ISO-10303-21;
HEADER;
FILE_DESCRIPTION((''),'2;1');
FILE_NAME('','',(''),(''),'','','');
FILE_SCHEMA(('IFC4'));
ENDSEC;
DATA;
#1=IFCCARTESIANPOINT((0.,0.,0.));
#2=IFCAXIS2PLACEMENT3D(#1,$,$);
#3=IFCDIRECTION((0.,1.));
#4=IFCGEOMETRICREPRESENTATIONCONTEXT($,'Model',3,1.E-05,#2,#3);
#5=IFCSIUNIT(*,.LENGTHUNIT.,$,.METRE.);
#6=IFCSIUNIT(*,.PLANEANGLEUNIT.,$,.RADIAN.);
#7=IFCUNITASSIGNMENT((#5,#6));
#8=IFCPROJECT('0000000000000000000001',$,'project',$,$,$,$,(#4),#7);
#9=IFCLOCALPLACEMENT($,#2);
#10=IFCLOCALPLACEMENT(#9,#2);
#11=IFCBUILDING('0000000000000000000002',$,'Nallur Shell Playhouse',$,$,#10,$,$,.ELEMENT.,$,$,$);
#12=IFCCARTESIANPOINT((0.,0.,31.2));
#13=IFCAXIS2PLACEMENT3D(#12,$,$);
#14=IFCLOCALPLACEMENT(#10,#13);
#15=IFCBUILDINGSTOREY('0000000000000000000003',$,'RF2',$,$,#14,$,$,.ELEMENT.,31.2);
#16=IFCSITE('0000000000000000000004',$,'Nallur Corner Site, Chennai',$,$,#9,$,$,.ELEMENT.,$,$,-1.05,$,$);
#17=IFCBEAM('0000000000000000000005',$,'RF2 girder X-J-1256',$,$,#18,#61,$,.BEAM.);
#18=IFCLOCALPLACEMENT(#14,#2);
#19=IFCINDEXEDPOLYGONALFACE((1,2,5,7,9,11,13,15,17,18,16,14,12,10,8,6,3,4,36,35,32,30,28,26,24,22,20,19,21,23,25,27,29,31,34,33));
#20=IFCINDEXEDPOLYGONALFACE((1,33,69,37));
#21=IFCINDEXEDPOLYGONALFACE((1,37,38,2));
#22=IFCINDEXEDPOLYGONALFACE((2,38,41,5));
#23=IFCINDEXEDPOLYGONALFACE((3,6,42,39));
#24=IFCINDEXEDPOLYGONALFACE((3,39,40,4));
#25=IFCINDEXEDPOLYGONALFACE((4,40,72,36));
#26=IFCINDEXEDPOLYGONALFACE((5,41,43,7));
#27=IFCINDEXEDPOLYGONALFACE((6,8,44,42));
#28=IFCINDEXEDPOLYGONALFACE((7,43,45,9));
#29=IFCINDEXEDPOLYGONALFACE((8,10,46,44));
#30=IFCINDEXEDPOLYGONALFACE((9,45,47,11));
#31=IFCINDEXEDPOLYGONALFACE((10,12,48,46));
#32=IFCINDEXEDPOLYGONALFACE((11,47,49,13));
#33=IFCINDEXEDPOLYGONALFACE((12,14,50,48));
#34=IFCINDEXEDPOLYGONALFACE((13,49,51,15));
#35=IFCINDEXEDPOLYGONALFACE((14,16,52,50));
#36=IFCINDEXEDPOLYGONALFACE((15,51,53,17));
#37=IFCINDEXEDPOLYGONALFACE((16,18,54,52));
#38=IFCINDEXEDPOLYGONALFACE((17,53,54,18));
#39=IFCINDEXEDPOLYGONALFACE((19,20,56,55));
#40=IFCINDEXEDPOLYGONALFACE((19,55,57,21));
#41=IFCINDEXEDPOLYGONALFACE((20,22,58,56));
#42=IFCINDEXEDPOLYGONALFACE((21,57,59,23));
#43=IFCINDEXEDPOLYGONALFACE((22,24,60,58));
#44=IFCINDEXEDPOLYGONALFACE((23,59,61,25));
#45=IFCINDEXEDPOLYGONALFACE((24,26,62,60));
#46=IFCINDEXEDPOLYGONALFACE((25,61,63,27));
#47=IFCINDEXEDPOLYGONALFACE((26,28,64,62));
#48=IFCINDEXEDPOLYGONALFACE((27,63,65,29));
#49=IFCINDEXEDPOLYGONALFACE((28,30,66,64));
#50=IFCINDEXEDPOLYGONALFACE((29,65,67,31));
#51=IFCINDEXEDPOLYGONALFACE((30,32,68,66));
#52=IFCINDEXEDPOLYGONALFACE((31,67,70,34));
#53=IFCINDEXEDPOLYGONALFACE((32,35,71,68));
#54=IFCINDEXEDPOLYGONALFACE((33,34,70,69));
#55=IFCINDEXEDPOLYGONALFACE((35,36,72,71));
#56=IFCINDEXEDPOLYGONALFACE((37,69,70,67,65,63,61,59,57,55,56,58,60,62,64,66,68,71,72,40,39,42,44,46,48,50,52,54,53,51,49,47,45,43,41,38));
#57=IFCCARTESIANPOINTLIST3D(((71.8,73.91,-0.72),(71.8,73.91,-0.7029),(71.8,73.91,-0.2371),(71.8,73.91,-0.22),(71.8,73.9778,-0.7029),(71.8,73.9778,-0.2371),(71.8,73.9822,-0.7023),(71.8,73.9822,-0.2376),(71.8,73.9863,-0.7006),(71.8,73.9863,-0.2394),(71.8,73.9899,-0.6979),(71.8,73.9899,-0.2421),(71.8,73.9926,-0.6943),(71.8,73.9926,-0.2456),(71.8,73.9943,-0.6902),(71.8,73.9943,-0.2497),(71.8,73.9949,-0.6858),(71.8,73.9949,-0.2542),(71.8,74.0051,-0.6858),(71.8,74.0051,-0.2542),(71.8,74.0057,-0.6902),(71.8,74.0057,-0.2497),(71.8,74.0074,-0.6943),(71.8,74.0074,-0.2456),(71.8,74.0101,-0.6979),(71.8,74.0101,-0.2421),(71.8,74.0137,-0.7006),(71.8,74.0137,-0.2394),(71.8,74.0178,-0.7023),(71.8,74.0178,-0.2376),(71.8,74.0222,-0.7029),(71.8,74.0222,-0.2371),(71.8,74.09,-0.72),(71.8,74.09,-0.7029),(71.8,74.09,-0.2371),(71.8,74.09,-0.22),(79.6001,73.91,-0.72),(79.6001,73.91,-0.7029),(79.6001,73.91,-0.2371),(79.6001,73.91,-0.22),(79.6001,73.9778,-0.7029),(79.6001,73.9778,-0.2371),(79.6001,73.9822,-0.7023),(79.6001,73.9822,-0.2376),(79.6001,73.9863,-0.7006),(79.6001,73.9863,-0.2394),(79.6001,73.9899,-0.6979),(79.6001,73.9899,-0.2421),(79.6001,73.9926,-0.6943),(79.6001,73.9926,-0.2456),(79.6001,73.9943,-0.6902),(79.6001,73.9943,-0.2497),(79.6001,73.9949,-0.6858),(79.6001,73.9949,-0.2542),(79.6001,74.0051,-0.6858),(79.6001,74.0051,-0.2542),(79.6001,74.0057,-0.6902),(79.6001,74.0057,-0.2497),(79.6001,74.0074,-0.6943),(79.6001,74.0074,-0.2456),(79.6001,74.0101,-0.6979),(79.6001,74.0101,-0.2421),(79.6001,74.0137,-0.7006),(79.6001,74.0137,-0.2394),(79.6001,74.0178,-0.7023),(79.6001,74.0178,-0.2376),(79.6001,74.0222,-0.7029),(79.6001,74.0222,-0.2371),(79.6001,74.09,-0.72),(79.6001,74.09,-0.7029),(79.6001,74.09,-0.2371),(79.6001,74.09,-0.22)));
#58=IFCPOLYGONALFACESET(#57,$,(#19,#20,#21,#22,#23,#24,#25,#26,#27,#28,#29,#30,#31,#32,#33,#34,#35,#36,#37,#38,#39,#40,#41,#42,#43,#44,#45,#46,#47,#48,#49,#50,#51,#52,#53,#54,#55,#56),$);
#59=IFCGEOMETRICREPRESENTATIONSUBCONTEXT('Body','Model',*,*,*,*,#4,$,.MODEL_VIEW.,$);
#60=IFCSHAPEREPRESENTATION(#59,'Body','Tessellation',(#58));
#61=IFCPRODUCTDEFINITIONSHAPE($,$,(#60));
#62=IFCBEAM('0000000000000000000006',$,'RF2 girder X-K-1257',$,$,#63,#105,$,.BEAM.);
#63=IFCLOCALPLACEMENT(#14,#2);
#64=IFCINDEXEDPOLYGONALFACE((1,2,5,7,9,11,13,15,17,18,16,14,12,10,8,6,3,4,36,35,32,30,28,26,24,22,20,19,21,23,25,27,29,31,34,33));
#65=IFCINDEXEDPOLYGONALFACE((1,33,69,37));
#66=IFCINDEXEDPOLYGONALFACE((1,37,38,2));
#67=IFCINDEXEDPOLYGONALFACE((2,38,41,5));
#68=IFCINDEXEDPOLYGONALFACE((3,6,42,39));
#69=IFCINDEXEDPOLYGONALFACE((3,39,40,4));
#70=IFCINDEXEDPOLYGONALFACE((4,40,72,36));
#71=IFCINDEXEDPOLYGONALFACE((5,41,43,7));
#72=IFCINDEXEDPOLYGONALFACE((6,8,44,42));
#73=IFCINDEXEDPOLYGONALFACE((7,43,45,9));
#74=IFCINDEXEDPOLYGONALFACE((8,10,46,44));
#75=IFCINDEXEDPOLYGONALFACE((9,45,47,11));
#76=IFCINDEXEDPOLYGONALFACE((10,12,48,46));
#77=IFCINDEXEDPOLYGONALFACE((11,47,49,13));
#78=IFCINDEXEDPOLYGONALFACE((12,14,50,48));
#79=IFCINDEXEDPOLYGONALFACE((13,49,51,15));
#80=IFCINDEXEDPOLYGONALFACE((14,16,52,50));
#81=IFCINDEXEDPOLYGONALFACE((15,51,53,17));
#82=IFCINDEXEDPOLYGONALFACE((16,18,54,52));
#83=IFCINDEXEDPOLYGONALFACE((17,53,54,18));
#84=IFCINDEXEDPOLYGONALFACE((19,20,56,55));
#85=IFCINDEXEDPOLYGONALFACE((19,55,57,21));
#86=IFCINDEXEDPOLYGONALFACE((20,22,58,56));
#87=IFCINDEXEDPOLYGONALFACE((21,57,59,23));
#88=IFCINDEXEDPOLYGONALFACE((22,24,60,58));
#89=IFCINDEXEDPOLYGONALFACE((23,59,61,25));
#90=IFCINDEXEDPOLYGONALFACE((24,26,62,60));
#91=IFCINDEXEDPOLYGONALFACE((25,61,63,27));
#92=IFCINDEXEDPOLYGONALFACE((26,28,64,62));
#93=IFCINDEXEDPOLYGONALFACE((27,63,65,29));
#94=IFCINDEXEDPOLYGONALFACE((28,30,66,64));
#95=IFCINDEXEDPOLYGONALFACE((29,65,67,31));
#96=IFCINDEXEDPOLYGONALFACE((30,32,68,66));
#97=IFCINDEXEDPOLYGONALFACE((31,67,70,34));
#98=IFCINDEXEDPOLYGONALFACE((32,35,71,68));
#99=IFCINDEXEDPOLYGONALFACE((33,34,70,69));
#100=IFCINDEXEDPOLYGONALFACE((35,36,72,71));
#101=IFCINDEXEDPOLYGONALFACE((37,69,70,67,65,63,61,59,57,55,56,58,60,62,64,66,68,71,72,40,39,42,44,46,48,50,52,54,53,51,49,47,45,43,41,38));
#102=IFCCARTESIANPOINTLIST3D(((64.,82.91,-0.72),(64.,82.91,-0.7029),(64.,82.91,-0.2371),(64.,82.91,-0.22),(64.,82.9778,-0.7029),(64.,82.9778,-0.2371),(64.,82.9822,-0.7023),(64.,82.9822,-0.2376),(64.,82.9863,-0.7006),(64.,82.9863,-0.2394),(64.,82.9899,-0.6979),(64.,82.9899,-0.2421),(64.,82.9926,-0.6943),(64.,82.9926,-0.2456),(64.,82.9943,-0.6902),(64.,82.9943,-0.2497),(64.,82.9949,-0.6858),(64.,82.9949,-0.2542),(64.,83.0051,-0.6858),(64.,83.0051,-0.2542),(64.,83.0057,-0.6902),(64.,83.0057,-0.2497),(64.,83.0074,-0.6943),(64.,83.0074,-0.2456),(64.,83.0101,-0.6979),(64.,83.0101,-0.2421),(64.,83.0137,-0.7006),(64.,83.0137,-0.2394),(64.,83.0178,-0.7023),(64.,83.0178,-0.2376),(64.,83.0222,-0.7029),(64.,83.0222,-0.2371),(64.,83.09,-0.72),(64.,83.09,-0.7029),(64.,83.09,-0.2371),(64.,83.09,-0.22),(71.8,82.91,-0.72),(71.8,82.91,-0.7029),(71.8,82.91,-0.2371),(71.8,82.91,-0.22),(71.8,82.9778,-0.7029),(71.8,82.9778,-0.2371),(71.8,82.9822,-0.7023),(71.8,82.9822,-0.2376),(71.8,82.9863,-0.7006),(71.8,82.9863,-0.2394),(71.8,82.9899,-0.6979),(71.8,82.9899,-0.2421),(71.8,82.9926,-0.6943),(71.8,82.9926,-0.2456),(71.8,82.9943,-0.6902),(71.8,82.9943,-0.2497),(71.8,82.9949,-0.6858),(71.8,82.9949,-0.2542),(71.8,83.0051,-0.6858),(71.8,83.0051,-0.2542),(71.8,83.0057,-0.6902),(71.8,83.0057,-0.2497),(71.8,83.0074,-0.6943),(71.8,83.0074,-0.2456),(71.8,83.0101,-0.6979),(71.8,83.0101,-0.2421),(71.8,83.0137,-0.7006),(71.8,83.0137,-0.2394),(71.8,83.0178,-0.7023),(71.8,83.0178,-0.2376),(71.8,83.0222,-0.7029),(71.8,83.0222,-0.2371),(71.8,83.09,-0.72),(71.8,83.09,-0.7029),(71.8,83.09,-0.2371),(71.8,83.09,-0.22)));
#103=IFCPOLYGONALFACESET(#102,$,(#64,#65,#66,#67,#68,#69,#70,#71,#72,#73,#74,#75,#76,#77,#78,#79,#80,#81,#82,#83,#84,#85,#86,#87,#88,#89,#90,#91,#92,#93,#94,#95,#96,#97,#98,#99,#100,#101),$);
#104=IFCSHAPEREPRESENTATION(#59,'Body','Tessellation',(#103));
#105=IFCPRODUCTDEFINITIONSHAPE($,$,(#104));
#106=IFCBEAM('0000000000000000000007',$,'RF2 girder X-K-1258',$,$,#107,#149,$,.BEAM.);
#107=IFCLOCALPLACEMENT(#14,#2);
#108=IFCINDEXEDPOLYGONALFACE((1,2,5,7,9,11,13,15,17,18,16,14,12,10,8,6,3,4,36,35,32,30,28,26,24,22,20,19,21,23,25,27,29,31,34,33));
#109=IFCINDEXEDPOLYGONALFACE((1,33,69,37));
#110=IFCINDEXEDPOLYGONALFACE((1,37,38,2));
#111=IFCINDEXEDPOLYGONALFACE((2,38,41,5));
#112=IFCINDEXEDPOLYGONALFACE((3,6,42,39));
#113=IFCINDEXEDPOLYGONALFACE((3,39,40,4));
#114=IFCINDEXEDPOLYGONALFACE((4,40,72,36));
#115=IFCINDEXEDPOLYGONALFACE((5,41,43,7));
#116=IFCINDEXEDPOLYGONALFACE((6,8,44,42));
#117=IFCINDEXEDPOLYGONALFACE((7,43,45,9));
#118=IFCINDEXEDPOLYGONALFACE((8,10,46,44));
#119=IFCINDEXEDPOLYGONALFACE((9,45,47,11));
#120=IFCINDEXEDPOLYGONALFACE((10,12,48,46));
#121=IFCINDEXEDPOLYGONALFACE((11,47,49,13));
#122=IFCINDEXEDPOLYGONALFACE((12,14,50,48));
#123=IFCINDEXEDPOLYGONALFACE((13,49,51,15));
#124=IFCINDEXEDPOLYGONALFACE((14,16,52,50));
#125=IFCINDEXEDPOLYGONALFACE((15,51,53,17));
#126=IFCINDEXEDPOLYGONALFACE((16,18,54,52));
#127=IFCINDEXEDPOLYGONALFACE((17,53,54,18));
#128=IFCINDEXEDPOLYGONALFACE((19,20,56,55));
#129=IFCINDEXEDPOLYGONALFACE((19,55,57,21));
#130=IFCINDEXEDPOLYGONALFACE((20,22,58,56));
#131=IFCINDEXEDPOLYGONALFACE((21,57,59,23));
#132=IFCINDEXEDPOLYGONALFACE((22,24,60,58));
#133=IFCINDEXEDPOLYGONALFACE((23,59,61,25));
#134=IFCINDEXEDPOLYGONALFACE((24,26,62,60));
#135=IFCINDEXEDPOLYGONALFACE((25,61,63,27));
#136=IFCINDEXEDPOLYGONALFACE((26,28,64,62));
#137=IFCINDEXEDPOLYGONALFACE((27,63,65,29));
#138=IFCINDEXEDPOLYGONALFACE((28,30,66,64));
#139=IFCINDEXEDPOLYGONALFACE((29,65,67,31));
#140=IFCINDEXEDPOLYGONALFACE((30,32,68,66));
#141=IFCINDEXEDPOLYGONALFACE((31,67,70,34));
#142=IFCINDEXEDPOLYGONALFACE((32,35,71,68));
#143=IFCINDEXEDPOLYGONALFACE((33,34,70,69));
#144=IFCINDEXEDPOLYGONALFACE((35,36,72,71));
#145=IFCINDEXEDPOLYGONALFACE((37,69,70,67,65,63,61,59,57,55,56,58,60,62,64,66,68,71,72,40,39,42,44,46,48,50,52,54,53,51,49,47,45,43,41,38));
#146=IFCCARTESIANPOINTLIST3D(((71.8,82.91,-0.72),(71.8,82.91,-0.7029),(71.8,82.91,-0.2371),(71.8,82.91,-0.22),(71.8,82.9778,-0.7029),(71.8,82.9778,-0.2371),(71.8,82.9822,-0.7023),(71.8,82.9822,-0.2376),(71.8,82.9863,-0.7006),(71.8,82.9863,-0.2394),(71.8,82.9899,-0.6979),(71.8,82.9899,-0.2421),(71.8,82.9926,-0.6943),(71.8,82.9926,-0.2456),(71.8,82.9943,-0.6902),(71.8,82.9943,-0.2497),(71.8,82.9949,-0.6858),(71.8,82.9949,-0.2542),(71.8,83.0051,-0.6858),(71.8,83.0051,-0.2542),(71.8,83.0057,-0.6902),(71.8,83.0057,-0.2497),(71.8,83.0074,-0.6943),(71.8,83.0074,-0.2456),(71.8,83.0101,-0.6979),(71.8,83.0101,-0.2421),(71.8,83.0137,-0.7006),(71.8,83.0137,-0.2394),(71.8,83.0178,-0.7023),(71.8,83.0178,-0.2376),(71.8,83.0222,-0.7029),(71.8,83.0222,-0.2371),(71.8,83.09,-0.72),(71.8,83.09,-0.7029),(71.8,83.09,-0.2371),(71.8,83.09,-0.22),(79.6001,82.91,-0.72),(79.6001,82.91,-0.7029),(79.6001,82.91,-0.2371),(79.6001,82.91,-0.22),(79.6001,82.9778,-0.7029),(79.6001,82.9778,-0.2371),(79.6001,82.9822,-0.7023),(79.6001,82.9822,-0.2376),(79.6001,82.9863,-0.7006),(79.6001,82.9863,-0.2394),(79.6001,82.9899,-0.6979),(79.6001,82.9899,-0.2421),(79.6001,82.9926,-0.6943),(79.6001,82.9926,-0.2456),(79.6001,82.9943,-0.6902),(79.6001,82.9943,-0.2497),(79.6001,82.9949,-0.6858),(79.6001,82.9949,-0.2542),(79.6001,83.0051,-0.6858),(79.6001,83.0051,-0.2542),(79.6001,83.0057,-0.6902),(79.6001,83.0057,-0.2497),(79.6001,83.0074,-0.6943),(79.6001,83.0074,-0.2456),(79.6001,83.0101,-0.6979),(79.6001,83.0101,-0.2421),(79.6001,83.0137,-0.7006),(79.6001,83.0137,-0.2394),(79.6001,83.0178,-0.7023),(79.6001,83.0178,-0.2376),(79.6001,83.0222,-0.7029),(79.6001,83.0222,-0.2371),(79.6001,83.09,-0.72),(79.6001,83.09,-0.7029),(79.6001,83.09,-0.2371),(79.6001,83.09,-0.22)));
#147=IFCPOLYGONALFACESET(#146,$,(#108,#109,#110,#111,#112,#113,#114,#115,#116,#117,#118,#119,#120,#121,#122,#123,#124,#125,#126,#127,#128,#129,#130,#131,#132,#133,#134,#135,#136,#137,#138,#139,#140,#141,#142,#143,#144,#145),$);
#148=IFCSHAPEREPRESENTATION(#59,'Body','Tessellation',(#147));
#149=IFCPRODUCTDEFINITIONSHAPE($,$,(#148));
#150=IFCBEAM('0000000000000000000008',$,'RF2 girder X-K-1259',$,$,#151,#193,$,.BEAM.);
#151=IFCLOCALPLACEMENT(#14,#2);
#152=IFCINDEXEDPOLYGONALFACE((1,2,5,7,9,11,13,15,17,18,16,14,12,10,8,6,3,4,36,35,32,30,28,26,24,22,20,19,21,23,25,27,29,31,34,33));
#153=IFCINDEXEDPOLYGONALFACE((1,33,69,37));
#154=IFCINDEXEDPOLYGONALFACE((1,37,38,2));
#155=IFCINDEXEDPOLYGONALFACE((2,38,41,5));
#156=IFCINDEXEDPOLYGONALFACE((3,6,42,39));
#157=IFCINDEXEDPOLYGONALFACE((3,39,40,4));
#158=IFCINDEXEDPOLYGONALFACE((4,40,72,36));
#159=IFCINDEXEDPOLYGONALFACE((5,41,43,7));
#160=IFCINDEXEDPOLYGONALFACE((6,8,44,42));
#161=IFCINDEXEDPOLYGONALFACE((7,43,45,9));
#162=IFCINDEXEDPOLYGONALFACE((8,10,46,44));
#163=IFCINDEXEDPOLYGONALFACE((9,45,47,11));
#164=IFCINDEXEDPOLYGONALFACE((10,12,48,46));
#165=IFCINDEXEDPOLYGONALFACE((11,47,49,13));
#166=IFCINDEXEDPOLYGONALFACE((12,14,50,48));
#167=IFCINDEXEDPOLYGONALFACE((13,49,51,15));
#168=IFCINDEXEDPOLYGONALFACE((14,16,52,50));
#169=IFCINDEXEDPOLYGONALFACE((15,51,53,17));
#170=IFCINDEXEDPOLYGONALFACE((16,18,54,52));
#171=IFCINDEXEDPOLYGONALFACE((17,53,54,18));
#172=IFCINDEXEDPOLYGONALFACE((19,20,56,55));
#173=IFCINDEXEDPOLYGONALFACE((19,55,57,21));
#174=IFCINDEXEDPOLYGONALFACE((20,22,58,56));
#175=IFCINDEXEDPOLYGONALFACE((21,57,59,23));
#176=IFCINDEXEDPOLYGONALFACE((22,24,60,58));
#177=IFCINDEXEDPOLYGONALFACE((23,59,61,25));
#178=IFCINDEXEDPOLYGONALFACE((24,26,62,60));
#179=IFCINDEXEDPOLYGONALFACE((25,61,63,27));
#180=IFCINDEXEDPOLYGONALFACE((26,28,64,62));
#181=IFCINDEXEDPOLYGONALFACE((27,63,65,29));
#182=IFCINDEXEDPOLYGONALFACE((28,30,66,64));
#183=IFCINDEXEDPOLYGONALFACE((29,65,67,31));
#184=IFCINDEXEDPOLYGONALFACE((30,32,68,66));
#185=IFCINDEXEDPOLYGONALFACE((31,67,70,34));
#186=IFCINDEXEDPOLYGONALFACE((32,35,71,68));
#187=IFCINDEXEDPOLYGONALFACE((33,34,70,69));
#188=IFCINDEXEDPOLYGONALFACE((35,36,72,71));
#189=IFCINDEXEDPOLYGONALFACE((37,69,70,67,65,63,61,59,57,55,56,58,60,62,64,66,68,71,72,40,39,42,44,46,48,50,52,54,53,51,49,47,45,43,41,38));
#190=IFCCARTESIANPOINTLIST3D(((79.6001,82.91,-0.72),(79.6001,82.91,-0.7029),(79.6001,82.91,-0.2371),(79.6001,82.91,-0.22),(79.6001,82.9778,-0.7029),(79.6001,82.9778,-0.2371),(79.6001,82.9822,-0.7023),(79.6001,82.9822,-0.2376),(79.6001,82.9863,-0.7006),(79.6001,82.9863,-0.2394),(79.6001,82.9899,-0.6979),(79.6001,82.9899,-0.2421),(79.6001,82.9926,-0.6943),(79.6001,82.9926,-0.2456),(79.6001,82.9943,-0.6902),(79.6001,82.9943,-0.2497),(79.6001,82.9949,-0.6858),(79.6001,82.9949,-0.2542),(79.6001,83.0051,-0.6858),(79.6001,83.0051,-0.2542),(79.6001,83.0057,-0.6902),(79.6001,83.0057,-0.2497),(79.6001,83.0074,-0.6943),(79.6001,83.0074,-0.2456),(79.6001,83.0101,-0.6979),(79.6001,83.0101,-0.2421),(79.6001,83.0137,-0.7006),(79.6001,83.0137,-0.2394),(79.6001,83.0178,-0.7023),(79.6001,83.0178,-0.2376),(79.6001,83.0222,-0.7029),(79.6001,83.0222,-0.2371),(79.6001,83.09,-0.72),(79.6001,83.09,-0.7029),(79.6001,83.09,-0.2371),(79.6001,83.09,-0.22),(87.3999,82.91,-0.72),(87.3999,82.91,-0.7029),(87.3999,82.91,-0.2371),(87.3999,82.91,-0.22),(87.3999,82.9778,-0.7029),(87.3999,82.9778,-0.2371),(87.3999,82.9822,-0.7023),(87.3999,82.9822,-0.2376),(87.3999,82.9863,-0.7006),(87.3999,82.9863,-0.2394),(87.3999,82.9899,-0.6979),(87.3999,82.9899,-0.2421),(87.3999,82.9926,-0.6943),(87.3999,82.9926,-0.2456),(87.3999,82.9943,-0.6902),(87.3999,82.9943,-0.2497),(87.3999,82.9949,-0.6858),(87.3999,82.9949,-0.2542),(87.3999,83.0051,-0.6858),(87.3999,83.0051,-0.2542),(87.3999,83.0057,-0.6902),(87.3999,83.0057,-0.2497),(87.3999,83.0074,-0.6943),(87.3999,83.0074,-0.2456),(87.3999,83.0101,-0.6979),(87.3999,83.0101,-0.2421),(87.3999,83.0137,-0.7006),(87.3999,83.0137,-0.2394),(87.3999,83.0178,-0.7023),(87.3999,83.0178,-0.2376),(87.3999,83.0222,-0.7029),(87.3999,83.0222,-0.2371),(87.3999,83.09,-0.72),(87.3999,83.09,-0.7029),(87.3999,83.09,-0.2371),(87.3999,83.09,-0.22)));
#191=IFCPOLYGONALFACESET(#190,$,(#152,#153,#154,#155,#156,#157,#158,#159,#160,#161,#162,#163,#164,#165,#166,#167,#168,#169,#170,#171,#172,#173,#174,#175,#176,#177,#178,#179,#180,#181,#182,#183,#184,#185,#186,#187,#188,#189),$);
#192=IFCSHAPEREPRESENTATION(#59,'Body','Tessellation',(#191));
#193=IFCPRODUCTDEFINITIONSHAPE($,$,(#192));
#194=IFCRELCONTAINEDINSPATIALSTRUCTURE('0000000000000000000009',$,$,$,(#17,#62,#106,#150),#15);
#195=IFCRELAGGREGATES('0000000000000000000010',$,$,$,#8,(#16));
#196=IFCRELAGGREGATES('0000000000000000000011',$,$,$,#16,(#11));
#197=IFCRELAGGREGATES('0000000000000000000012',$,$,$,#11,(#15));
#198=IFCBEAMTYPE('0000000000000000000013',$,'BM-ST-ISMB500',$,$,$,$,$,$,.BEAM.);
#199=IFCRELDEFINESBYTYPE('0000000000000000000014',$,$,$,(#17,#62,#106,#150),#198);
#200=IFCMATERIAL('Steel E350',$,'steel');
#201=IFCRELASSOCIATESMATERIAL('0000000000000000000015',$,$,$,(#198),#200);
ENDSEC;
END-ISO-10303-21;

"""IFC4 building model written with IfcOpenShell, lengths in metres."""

from ifc_helpers import new_model, si_unit, direction, frame, origin, origin_2d, place, context, subcontext, project, spatial, i_section, extrude, material, material_profile, profile_set, type_object, element, save


model = new_model("IFC4")

# Units and contexts
model_context = context("Model", 3, precision=1e-05, world=origin(), true_north=direction((0.0, 1.0)))
body_context = subcontext(model_context, "Body", "Model", "MODEL_VIEW")
ifc_project = project(units=[si_unit("LENGTHUNIT", "METRE"), si_unit("PLANEANGLEUNIT", "RADIAN")], contexts=[model_context])

# Site, building, storey
site_placement = place(None, origin())
site = spatial("IfcSite", under=ifc_project, at=site_placement, Name="Nallur Corner Site, Chennai", CompositionType="ELEMENT", RefElevation=-1.05)
building_placement = place(site_placement, origin())
building = spatial("IfcBuilding", under=site, at=building_placement, Name="Nallur Shell Playhouse", CompositionType="ELEMENT")
storey_placement = place(building_placement, frame((0.0, 0.0, 31.2)))
storey = spatial("IfcBuildingStorey", under=building, at=storey_placement, Name="RF2", CompositionType="ELEMENT", Elevation=31.2)

# Beams
ifc_material_1 = material(Name="Steel E350", Category="steel")
ifc_material_profile_1 = material_profile(ifc_material_1, i_section(OverallWidth=0.1799, OverallDepth=0.5, WebThickness=0.0103, FlangeThickness=0.0171, FilletRadius=0.0171, at=origin_2d()), Name="ISMB 500")
ifc_profile_set_1 = profile_set([ifc_material_profile_1], Name="Steel E350")
beam_type_1 = type_object("IfcBeamType", Name="BM-ST-ISMB500", PredefinedType="BEAM", material=ifc_profile_set_1)
for number, where, z_axis, x_axis, name in (
    (1, (71.8, 74.0, -0.47), (1.0, 0.0, 0.0), (0.0, 1.0, 0.0), "RF2 girder X-J-1256"),
    (2, (64.0, 83.0, -0.47), (1.0, 0.0, 0.0), (0.0, 1.0, 0.0), "RF2 girder X-K-1257"),
    (3, (71.8, 83.0, -0.47), (1.0, 0.0, 0.0), (0.0, 1.0, 0.0), "RF2 girder X-K-1258"),
):
    element("IfcBeam", number, at=place(storey_placement, frame(where, z_axis=z_axis, x_axis=x_axis)), inside=storey, type_object=beam_type_1, Name=name, PredefinedType="BEAM", context=body_context, shape_type="SweptSolid", body=[
        extrude(i_section(OverallWidth=0.1799, OverallDepth=0.5, WebThickness=0.0103, FlangeThickness=0.0171, FilletRadius=0.0171, at=origin_2d()), origin(), (0.0, 0.0, 1.0), 7.8),
    ])
beam_1_placement = place(storey_placement, frame((79.6001, 83.0, -0.47), z_axis=(1.0, 0.0, 0.0), x_axis=(0.0, 1.0, 0.0)))
element("IfcBeam", 4, at=beam_1_placement, inside=storey, type_object=beam_type_1, Name="RF2 girder X-K-1259", PredefinedType="BEAM", context=body_context, shape_type="SweptSolid", body=[
    extrude(i_section(OverallWidth=0.1799, OverallDepth=0.5, WebThickness=0.0103, FlangeThickness=0.0171, FilletRadius=0.0171, at=origin_2d()), origin(), (0.0, 0.0, 1.0), 7.7998),
])

save(model, "model.ifc")
